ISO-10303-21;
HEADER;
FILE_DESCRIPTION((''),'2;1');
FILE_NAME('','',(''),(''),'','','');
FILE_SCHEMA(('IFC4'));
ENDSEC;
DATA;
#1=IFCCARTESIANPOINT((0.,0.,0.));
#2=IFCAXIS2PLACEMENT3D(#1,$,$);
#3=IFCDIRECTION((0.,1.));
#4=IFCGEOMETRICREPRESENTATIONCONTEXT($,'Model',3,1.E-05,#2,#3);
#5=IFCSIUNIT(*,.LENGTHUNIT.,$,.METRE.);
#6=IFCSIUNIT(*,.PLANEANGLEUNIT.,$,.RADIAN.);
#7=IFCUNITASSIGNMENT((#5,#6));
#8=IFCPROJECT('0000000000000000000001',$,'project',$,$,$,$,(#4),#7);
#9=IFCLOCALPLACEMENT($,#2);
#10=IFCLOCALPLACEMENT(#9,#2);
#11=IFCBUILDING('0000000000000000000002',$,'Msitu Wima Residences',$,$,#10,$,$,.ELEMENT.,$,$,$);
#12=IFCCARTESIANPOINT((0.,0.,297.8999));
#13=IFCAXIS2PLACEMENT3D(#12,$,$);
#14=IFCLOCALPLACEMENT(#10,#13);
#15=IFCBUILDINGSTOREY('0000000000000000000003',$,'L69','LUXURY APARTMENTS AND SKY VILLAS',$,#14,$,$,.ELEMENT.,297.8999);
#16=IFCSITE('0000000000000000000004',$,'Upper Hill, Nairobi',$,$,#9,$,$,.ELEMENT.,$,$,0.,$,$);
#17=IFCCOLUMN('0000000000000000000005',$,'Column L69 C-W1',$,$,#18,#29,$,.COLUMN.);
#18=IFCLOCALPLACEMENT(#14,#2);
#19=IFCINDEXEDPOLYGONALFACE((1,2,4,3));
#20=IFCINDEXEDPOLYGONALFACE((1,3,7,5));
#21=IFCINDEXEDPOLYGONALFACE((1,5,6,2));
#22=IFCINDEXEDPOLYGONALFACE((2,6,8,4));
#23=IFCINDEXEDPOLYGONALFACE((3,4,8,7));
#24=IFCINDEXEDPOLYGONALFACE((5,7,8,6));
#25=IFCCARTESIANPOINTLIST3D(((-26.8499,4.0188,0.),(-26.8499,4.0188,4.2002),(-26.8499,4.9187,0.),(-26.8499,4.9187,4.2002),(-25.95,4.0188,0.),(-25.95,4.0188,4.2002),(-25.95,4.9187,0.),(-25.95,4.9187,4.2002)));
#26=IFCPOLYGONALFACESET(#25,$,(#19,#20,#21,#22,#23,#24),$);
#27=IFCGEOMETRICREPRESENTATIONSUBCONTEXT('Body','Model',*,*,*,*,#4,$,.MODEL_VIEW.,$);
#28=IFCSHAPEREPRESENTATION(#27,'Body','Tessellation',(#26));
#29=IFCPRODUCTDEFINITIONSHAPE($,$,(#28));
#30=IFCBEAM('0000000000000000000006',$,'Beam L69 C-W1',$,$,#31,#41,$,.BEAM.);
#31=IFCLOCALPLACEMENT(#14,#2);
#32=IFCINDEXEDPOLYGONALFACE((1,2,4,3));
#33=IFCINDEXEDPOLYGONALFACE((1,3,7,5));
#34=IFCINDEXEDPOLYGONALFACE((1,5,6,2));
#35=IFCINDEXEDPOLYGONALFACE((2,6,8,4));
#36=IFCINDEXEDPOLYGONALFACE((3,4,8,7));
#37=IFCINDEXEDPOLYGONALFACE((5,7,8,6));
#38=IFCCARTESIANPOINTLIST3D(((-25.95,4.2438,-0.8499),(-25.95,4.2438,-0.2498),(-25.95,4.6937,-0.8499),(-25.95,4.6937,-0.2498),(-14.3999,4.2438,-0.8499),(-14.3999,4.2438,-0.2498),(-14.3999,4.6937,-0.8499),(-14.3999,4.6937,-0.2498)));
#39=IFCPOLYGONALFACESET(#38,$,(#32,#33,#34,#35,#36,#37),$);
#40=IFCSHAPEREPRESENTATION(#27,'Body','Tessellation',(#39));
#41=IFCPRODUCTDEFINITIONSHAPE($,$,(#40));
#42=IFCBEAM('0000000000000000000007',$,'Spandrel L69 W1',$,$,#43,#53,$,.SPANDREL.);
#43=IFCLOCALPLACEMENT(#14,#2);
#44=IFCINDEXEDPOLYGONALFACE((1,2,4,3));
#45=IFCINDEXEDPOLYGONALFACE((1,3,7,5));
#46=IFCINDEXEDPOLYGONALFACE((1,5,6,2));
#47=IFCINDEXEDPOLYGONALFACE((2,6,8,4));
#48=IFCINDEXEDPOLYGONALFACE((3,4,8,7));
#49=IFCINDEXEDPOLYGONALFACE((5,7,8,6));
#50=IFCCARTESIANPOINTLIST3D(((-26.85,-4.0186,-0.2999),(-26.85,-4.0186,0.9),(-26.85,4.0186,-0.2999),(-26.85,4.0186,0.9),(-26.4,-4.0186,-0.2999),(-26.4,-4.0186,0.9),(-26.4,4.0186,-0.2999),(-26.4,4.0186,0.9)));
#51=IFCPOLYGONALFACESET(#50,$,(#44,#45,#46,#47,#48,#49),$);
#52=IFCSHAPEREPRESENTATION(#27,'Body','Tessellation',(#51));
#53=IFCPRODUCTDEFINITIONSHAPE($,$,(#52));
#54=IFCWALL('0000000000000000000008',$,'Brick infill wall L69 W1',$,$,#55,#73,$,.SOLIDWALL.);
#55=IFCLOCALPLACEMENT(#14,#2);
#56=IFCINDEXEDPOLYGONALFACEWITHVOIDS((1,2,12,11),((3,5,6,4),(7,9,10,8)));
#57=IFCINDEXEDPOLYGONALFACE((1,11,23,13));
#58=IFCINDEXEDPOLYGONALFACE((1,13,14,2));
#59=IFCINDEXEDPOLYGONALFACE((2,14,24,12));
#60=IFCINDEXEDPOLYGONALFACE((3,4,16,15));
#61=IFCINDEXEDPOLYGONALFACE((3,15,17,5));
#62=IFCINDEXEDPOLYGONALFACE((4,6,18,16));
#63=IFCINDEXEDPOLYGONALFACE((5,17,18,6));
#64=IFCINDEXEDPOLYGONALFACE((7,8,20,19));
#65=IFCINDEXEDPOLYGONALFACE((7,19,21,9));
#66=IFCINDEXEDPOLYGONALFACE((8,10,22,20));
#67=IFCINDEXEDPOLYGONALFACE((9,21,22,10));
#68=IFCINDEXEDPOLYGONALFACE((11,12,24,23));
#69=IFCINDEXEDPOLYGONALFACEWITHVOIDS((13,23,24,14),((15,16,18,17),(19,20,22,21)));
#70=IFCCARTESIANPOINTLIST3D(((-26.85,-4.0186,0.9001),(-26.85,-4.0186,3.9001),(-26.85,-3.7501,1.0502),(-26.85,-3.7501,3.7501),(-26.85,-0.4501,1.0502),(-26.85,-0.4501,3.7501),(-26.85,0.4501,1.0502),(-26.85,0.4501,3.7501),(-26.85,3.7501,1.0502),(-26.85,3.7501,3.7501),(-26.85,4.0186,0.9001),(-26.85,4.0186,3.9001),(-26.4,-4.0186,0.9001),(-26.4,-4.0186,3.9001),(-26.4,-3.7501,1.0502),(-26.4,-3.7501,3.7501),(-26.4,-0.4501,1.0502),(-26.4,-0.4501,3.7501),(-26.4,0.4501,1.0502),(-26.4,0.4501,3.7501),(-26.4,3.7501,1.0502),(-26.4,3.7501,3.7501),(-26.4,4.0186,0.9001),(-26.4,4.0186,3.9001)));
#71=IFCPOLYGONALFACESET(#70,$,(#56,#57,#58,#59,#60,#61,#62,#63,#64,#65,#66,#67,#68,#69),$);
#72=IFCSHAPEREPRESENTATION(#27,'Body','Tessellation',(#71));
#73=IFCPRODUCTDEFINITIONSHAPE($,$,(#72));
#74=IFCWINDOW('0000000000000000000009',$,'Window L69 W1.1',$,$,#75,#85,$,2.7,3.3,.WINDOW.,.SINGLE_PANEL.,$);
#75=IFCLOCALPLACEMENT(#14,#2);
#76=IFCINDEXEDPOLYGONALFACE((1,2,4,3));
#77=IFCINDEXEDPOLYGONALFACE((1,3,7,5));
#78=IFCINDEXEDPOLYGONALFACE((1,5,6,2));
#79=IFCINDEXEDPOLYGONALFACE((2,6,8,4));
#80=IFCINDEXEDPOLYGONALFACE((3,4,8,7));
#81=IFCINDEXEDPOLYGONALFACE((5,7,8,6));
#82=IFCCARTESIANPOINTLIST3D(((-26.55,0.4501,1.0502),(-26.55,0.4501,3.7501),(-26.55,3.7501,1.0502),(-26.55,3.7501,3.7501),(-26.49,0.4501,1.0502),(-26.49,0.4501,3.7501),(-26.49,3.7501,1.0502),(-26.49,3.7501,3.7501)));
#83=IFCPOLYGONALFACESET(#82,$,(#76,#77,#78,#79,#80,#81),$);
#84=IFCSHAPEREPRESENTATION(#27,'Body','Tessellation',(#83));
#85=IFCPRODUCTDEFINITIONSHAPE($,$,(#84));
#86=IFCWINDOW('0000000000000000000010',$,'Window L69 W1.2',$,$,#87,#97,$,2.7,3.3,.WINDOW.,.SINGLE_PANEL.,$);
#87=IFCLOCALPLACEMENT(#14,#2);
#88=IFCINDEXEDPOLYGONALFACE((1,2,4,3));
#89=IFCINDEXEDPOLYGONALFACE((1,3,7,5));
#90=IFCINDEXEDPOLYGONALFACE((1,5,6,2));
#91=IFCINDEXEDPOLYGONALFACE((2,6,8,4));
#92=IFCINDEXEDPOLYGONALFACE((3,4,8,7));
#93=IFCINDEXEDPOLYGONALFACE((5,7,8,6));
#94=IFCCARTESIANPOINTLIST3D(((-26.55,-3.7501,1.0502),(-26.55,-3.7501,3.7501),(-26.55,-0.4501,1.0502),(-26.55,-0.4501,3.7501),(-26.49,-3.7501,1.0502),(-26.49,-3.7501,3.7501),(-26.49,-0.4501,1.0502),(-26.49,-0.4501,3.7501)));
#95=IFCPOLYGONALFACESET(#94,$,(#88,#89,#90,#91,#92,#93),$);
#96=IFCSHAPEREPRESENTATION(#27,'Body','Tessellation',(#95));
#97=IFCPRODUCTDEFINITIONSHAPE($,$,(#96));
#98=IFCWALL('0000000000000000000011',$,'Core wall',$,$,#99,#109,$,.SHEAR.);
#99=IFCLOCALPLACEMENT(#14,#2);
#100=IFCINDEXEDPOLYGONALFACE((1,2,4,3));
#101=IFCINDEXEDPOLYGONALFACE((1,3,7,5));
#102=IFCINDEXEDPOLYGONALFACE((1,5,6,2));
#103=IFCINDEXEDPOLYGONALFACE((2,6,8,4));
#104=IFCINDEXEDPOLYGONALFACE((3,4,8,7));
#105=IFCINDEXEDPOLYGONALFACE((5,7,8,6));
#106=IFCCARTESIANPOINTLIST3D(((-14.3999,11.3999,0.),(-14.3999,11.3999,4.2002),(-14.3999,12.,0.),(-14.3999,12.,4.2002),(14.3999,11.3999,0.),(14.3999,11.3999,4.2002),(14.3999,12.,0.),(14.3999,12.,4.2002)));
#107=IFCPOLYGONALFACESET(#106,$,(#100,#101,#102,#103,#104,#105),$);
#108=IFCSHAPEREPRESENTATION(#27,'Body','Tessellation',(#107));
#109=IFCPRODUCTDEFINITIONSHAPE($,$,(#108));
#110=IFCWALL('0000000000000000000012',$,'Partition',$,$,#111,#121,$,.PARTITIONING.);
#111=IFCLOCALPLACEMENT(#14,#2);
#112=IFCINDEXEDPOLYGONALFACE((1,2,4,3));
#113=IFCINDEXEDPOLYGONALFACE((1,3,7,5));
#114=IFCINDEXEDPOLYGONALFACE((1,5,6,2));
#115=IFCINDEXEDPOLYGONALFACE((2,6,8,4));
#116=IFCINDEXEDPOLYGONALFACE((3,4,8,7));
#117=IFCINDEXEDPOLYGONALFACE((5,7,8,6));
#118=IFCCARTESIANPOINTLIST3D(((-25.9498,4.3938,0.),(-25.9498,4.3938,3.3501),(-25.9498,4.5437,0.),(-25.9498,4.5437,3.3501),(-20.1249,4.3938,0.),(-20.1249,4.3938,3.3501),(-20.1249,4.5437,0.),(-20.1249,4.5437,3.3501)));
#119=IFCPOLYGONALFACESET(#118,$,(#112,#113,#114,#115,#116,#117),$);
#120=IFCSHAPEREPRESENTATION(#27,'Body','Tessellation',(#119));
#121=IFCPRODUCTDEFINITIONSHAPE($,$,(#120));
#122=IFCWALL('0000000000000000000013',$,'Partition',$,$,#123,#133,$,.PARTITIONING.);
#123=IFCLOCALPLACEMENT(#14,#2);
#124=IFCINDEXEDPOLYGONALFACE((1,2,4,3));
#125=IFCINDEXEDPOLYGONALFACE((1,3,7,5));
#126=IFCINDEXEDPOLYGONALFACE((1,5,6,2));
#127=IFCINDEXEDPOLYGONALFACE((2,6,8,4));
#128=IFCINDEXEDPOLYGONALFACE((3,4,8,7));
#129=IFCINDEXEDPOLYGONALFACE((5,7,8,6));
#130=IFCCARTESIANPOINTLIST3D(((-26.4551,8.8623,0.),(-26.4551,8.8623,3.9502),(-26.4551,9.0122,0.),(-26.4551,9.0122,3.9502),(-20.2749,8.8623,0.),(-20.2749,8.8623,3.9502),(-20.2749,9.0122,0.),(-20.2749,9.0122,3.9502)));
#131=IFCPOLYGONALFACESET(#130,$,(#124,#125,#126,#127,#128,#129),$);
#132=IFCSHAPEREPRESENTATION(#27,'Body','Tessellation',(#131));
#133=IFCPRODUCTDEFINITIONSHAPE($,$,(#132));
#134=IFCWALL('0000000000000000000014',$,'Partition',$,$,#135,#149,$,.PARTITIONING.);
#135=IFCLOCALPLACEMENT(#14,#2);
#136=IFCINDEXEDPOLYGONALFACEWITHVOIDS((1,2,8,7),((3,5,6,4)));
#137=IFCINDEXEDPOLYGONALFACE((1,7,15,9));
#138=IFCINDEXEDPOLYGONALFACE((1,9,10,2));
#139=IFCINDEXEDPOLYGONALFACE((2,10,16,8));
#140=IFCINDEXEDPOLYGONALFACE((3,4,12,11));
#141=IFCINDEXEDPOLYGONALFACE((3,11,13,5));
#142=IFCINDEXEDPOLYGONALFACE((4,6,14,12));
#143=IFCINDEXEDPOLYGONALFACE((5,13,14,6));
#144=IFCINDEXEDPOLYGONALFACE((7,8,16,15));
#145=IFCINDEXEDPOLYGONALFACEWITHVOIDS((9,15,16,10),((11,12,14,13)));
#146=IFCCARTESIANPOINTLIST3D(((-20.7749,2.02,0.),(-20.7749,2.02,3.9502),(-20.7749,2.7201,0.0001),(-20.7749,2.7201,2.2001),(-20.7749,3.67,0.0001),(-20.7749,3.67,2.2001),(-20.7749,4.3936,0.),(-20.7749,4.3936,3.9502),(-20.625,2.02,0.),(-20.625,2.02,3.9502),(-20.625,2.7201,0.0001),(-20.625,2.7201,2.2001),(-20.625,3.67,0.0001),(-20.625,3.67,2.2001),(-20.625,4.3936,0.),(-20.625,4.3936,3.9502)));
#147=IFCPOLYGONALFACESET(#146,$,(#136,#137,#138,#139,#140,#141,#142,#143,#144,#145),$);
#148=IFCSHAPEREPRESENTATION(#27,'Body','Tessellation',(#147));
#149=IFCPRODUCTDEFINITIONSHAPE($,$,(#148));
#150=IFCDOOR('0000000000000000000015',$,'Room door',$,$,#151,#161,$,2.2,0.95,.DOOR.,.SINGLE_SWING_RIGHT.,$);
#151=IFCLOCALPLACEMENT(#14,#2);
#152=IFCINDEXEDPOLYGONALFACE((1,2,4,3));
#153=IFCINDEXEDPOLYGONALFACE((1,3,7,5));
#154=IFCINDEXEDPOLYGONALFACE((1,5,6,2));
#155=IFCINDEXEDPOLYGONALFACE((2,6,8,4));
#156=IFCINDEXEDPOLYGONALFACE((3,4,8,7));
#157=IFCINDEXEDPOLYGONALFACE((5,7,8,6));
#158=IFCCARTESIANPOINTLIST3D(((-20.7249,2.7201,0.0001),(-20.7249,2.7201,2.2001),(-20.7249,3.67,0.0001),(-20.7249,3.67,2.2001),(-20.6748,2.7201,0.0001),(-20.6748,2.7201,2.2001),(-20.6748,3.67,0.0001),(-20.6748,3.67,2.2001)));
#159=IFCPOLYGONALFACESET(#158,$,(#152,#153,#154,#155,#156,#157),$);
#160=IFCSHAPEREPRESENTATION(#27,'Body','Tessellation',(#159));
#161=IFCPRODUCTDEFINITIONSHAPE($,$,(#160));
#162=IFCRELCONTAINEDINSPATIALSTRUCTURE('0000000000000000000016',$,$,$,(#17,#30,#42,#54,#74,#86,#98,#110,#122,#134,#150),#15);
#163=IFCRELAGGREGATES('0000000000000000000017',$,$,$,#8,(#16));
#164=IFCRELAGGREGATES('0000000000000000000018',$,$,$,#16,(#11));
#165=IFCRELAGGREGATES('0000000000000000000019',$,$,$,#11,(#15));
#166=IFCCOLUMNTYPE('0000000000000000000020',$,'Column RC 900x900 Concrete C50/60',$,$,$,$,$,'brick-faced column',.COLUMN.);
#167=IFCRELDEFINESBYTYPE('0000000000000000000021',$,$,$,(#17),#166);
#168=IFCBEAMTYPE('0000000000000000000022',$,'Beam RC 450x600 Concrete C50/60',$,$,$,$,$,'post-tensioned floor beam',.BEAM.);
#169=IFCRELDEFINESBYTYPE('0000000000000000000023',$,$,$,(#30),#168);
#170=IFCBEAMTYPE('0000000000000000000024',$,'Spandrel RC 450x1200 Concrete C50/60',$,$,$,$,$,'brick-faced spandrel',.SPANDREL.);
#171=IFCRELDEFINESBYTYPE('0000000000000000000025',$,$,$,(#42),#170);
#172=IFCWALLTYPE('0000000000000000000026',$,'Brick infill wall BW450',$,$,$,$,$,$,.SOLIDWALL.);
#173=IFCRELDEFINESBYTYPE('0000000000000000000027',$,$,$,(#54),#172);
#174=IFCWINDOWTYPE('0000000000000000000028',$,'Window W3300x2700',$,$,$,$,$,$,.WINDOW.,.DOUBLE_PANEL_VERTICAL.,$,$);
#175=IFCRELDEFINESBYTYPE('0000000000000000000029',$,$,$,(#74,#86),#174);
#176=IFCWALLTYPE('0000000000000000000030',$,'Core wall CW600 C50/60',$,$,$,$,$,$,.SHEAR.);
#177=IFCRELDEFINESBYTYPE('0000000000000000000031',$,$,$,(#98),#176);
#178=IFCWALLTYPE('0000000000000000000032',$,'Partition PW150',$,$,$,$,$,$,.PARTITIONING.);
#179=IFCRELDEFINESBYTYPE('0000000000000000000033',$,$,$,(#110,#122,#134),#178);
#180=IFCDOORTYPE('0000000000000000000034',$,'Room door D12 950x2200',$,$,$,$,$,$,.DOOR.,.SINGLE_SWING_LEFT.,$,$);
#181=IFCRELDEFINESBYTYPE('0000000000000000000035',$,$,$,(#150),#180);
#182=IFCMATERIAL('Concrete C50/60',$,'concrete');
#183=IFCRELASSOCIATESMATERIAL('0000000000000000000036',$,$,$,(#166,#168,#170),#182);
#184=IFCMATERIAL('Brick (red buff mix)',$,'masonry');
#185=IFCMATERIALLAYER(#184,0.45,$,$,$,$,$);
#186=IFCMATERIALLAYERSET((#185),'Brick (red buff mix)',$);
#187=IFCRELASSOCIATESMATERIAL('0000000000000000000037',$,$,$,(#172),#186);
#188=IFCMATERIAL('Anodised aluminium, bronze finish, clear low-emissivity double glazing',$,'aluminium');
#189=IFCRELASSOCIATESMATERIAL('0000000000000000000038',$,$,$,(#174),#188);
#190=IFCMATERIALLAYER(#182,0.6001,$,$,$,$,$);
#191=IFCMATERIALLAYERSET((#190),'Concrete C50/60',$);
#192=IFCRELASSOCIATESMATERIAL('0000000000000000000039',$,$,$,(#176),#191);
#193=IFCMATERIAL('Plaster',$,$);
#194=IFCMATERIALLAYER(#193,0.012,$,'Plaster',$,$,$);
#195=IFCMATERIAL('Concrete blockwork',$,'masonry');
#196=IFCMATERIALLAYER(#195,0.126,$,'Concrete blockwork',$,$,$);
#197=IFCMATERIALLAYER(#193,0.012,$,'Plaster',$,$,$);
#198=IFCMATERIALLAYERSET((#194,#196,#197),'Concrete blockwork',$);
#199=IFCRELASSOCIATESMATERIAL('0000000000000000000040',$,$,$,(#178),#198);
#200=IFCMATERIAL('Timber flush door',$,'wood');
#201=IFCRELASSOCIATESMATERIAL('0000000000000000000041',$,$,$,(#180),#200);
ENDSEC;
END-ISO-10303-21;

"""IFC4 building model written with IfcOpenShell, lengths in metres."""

from ifc_helpers import new_model, si_unit, direction, frame, frame_2d, origin, origin_2d, place, context, subcontext, project, spatial, rectangle, extrude, material, layer, layer_set, material_profile, profile_set, type_object, element, fill, save


model = new_model("IFC4")

# Units and contexts
model_context = context("Model", 3, precision=1e-05, world=origin(), true_north=direction((0.0, 1.0)))
body_context = subcontext(model_context, "Body", "Model", "MODEL_VIEW")
ifc_project = project(units=[si_unit("LENGTHUNIT", "METRE"), si_unit("PLANEANGLEUNIT", "RADIAN")], contexts=[model_context])

# Site, building, storey
site_placement = place(None, origin())
site = spatial("IfcSite", under=ifc_project, at=site_placement, Name="Upper Hill, Nairobi", CompositionType="ELEMENT", RefElevation=0.0)
building_placement = place(site_placement, origin())
building = spatial("IfcBuilding", under=site, at=building_placement, Name="Msitu Wima Residences", CompositionType="ELEMENT")
storey_placement = place(building_placement, frame((0.0, 0.0, 297.8999)))
storey = spatial("IfcBuildingStorey", under=building, at=storey_placement, Name="L69", Description="LUXURY APARTMENTS AND SKY VILLAS", CompositionType="ELEMENT", Elevation=297.8999)

# Column
ifc_material_1 = material(Name="Concrete C50/60", Category="concrete")
ifc_material_profile_1 = material_profile(ifc_material_1, rectangle(XDim=0.8999, YDim=0.8999, at=origin_2d()), Name="RC 900x900")
ifc_profile_set_1 = profile_set([ifc_material_profile_1], Name="Concrete C50/60")
column_type = type_object("IfcColumnType", Name="Column RC 900x900 Concrete C50/60", ElementType="brick-faced column", PredefinedType="COLUMN", material=ifc_profile_set_1)
column_placement = place(storey_placement, frame((-26.3999, 4.4688, 0.0), z_axis=(0.0, 0.0, 1.0), x_axis=(0.0, -1.0, 0.0)))
element("IfcColumn", 1, at=column_placement, inside=storey, type_object=column_type, Name="Column L69 C-W1", PredefinedType="COLUMN", context=body_context, shape_type="SweptSolid", body=[
    extrude(rectangle(XDim=0.8999, YDim=0.8999, at=origin_2d()), origin(), (0.0, 0.0, 1.0), 4.2002),
])

# Beams
ifc_material_profile_2 = material_profile(ifc_material_1, rectangle(XDim=0.45, YDim=0.6001, at=origin_2d()), Name="RC 450x600")
ifc_profile_set_2 = profile_set([ifc_material_profile_2], Name="Concrete C50/60")
beam_type_1 = type_object("IfcBeamType", Name="Beam RC 450x600 Concrete C50/60", ElementType="post-tensioned floor beam", PredefinedType="BEAM", material=ifc_profile_set_2)
beam_1_placement = place(storey_placement, frame((-25.95, 4.4688, -0.5498), z_axis=(1.0, 0.0, 0.0), x_axis=(0.0, 1.0, 0.0)))
element("IfcBeam", 2, at=beam_1_placement, inside=storey, type_object=beam_type_1, Name="Beam L69 C-W1", PredefinedType="BEAM", context=body_context, shape_type="SweptSolid", body=[
    extrude(rectangle(XDim=0.45, YDim=0.6001, at=origin_2d()), origin(), (0.0, 0.0, 1.0), 11.55),
])
ifc_material_profile_3 = material_profile(ifc_material_1, rectangle(XDim=0.45, YDim=1.2, at=origin_2d()), Name="RC 450x1200")
ifc_profile_set_3 = profile_set([ifc_material_profile_3], Name="Concrete C50/60")
beam_type_2 = type_object("IfcBeamType", Name="Spandrel RC 450x1200 Concrete C50/60", ElementType="brick-faced spandrel", PredefinedType="SPANDREL", material=ifc_profile_set_3)
beam_2_placement = place(storey_placement, frame((-26.625, 4.0186, 0.3), z_axis=(0.0, -1.0, 0.0), x_axis=(1.0, 0.0, 0.0)))
element("IfcBeam", 3, at=beam_2_placement, inside=storey, type_object=beam_type_2, Name="Spandrel L69 W1", PredefinedType="SPANDREL", context=body_context, shape_type="SweptSolid", body=[
    extrude(rectangle(XDim=0.45, YDim=1.2, at=origin_2d()), origin(), (0.0, 0.0, 1.0), 8.0371),
])

# Wall, openings, windows
ifc_material_2 = material(Name="Brick (red buff mix)", Category="masonry")
ifc_layer_1 = layer(ifc_material_2, 0.45)
ifc_layer_set_1 = layer_set([ifc_layer_1], Name="Brick (red buff mix)")
wall_type_1 = type_object("IfcWallType", Name="Brick infill wall BW450", PredefinedType="SOLIDWALL", material=ifc_layer_set_1)
wall_1_placement = place(storey_placement, frame((-26.625, 4.0186, 0.9001), z_axis=(0.0, 0.0, 1.0), x_axis=(0.0, -1.0, 0.0)))
wall_1 = element("IfcWall", 4, at=wall_1_placement, inside=storey, type_object=wall_type_1, Name="Brick infill wall L69 W1", PredefinedType="SOLIDWALL", context=body_context, shape_type="SweptSolid", body=[
    extrude(rectangle(XDim=8.0371, YDim=0.45, at=frame_2d((4.0186, 0.0))), origin(), (0.0, 0.0, 1.0), 3.0),
])
opening_1_placement = place(wall_1_placement, frame((0.2686, 0.0, 0.1499)))
opening_1 = element("IfcOpeningElement", 5, at=opening_1_placement, cuts=wall_1, PredefinedType="OPENING", context=body_context, shape_type="SweptSolid", body=[
    extrude(rectangle(XDim=3.3, YDim=2.7, at=frame_2d((1.6499, 1.3501))), frame((0.0, 0.2349, 0.0), z_axis=(0.0, -1.0, 0.0), x_axis=(1.0, 0.0, 0.0)), (0.0, 0.0, 1.0), 0.47),
])
opening_2_placement = place(wall_1_placement, frame((4.4688, 0.0, 0.1499)))
opening_2 = element("IfcOpeningElement", 6, at=opening_2_placement, cuts=wall_1, PredefinedType="OPENING", context=body_context, shape_type="SweptSolid", body=[
    extrude(rectangle(XDim=3.3, YDim=2.7, at=frame_2d((1.6499, 1.3501))), frame((0.0, 0.2349, 0.0), z_axis=(0.0, -1.0, 0.0), x_axis=(1.0, 0.0, 0.0)), (0.0, 0.0, 1.0), 0.47),
])
ifc_material_3 = material(Name="Anodised aluminium, bronze finish, clear low-emissivity double glazing", Category="aluminium")
window_type = type_object("IfcWindowType", Name="Window W3300x2700", PartitioningType="DOUBLE_PANEL_VERTICAL", PredefinedType="WINDOW", material=ifc_material_3)
window_1_placement = place(opening_1_placement, origin())
window_1 = element("IfcWindow", 7, at=window_1_placement, inside=storey, type_object=window_type, Name="Window L69 W1.1", OverallHeight=2.7, OverallWidth=3.3, PartitioningType="SINGLE_PANEL", PredefinedType="WINDOW", context=body_context, shape_type="SweptSolid", body=[
    extrude(rectangle(XDim=3.3, YDim=2.7, at=frame_2d((1.6499, 1.3501))), frame((0.0, 0.135, 0.0), z_axis=(0.0, -1.0, 0.0), x_axis=(1.0, 0.0, 0.0)), (0.0, 0.0, 1.0), 0.0601),
])
fill(opening_1, window_1)
window_2_placement = place(opening_2_placement, origin())
window_2 = element("IfcWindow", 8, at=window_2_placement, inside=storey, type_object=window_type, Name="Window L69 W1.2", OverallHeight=2.7, OverallWidth=3.3, PartitioningType="SINGLE_PANEL", PredefinedType="WINDOW", context=body_context, shape_type="SweptSolid", body=[
    extrude(rectangle(XDim=3.3, YDim=2.7, at=frame_2d((1.6499, 1.3501))), frame((0.0, 0.135, 0.0), z_axis=(0.0, -1.0, 0.0), x_axis=(1.0, 0.0, 0.0)), (0.0, 0.0, 1.0), 0.0601),
])
fill(opening_2, window_2)

# Walls
ifc_layer_2 = layer(ifc_material_1, 0.6001)
ifc_layer_set_2 = layer_set([ifc_layer_2], Name="Concrete C50/60")
wall_type_2 = type_object("IfcWallType", Name="Core wall CW600 C50/60", PredefinedType="SHEAR", material=ifc_layer_set_2)
wall_2_placement = place(storey_placement, frame((-14.3999, 11.7, 0.0), z_axis=(0.0, 0.0, 1.0), x_axis=(1.0, 0.0, 0.0)))
element("IfcWall", 9, at=wall_2_placement, inside=storey, type_object=wall_type_2, Name="Core wall", PredefinedType="SHEAR", context=body_context, shape_type="SweptSolid", body=[
    extrude(rectangle(XDim=28.7998, YDim=0.6001, at=frame_2d((14.3999, 0.0))), origin(), (0.0, 0.0, 1.0), 4.2002),
])
ifc_material_4 = material(Name="Plaster")
ifc_layer_3 = layer(ifc_material_4, 0.012, Name="Plaster")
ifc_material_5 = material(Name="Concrete blockwork", Category="masonry")
ifc_layer_4 = layer(ifc_material_5, 0.126, Name="Concrete blockwork")
ifc_layer_5 = layer(ifc_material_4, 0.012, Name="Plaster")
ifc_layer_set_3 = layer_set([ifc_layer_3, ifc_layer_4, ifc_layer_5], Name="Concrete blockwork")
wall_type_3 = type_object("IfcWallType", Name="Partition PW150", PredefinedType="PARTITIONING", material=ifc_layer_set_3)
wall_3_placement = place(storey_placement, frame((-25.95, 4.4688, 0.0), z_axis=(0.0, 0.0, 1.0), x_axis=(1.0, 0.0, 0.0)))
element("IfcWall", 10, at=wall_3_placement, inside=storey, type_object=wall_type_3, Name="Partition", PredefinedType="PARTITIONING", context=body_context, shape_type="SweptSolid", body=[
    extrude(rectangle(XDim=5.825, YDim=0.1499, at=frame_2d((2.9126, 0.0))), origin(), (0.0, 0.0, 1.0), 3.3501),
])
wall_4_placement = place(storey_placement, frame((-26.4551, 8.9373, 0.0), z_axis=(0.0, 0.0, 1.0), x_axis=(1.0, 0.0, 0.0)))
element("IfcWall", 11, at=wall_4_placement, inside=storey, type_object=wall_type_3, Name="Partition", PredefinedType="PARTITIONING", context=body_context, shape_type="SweptSolid", body=[
    extrude(rectangle(XDim=6.1802, YDim=0.1499, at=frame_2d((3.0901, 0.0))), origin(), (0.0, 0.0, 1.0), 3.9502),
])

# Wall, opening, door
wall_5_placement = place(storey_placement, frame((-20.7, 2.02, 0.0), z_axis=(0.0, 0.0, 1.0), x_axis=(0.0, 1.0, 0.0)))
wall_5 = element("IfcWall", 12, at=wall_5_placement, inside=storey, type_object=wall_type_3, Name="Partition", PredefinedType="PARTITIONING", context=body_context, shape_type="SweptSolid", body=[
    extrude(rectangle(XDim=2.3735, YDim=0.1499, at=frame_2d((1.1868, 0.0))), origin(), (0.0, 0.0, 1.0), 3.9502),
])
opening_3_placement = place(wall_5_placement, frame((0.7, 0.0, 0.0)))
opening_3 = element("IfcOpeningElement", 13, at=opening_3_placement, cuts=wall_5, PredefinedType="OPENING", context=body_context, shape_type="SweptSolid", body=[
    extrude(rectangle(XDim=0.95, YDim=2.2, at=frame_2d((0.4751, 1.1001))), frame((0.0, 0.085, 0.0), z_axis=(0.0, -1.0, 0.0), x_axis=(1.0, 0.0, 0.0)), (0.0, 0.0, 1.0), 0.1699),
])
ifc_material_6 = material(Name="Timber flush door", Category="wood")
door_type_1 = type_object("IfcDoorType", Name="Room door D12 950x2200", OperationType="SINGLE_SWING_LEFT", PredefinedType="DOOR", material=ifc_material_6)
door_1_placement = place(opening_3_placement, origin())
door_1 = element("IfcDoor", 14, at=door_1_placement, inside=storey, type_object=door_type_1, Name="Room door", OperationType="SINGLE_SWING_RIGHT", OverallHeight=2.2, OverallWidth=0.95, PredefinedType="DOOR", context=body_context, shape_type="SweptSolid", body=[
    extrude(rectangle(XDim=0.95, YDim=2.2, at=frame_2d((0.4751, 1.1001))), frame((0.0, 0.0249, 0.0), z_axis=(0.0, -1.0, 0.0), x_axis=(1.0, 0.0, 0.0)), (0.0, 0.0, 1.0), 0.05),
])
fill(opening_3, door_1)

save(model, "model.ifc")
